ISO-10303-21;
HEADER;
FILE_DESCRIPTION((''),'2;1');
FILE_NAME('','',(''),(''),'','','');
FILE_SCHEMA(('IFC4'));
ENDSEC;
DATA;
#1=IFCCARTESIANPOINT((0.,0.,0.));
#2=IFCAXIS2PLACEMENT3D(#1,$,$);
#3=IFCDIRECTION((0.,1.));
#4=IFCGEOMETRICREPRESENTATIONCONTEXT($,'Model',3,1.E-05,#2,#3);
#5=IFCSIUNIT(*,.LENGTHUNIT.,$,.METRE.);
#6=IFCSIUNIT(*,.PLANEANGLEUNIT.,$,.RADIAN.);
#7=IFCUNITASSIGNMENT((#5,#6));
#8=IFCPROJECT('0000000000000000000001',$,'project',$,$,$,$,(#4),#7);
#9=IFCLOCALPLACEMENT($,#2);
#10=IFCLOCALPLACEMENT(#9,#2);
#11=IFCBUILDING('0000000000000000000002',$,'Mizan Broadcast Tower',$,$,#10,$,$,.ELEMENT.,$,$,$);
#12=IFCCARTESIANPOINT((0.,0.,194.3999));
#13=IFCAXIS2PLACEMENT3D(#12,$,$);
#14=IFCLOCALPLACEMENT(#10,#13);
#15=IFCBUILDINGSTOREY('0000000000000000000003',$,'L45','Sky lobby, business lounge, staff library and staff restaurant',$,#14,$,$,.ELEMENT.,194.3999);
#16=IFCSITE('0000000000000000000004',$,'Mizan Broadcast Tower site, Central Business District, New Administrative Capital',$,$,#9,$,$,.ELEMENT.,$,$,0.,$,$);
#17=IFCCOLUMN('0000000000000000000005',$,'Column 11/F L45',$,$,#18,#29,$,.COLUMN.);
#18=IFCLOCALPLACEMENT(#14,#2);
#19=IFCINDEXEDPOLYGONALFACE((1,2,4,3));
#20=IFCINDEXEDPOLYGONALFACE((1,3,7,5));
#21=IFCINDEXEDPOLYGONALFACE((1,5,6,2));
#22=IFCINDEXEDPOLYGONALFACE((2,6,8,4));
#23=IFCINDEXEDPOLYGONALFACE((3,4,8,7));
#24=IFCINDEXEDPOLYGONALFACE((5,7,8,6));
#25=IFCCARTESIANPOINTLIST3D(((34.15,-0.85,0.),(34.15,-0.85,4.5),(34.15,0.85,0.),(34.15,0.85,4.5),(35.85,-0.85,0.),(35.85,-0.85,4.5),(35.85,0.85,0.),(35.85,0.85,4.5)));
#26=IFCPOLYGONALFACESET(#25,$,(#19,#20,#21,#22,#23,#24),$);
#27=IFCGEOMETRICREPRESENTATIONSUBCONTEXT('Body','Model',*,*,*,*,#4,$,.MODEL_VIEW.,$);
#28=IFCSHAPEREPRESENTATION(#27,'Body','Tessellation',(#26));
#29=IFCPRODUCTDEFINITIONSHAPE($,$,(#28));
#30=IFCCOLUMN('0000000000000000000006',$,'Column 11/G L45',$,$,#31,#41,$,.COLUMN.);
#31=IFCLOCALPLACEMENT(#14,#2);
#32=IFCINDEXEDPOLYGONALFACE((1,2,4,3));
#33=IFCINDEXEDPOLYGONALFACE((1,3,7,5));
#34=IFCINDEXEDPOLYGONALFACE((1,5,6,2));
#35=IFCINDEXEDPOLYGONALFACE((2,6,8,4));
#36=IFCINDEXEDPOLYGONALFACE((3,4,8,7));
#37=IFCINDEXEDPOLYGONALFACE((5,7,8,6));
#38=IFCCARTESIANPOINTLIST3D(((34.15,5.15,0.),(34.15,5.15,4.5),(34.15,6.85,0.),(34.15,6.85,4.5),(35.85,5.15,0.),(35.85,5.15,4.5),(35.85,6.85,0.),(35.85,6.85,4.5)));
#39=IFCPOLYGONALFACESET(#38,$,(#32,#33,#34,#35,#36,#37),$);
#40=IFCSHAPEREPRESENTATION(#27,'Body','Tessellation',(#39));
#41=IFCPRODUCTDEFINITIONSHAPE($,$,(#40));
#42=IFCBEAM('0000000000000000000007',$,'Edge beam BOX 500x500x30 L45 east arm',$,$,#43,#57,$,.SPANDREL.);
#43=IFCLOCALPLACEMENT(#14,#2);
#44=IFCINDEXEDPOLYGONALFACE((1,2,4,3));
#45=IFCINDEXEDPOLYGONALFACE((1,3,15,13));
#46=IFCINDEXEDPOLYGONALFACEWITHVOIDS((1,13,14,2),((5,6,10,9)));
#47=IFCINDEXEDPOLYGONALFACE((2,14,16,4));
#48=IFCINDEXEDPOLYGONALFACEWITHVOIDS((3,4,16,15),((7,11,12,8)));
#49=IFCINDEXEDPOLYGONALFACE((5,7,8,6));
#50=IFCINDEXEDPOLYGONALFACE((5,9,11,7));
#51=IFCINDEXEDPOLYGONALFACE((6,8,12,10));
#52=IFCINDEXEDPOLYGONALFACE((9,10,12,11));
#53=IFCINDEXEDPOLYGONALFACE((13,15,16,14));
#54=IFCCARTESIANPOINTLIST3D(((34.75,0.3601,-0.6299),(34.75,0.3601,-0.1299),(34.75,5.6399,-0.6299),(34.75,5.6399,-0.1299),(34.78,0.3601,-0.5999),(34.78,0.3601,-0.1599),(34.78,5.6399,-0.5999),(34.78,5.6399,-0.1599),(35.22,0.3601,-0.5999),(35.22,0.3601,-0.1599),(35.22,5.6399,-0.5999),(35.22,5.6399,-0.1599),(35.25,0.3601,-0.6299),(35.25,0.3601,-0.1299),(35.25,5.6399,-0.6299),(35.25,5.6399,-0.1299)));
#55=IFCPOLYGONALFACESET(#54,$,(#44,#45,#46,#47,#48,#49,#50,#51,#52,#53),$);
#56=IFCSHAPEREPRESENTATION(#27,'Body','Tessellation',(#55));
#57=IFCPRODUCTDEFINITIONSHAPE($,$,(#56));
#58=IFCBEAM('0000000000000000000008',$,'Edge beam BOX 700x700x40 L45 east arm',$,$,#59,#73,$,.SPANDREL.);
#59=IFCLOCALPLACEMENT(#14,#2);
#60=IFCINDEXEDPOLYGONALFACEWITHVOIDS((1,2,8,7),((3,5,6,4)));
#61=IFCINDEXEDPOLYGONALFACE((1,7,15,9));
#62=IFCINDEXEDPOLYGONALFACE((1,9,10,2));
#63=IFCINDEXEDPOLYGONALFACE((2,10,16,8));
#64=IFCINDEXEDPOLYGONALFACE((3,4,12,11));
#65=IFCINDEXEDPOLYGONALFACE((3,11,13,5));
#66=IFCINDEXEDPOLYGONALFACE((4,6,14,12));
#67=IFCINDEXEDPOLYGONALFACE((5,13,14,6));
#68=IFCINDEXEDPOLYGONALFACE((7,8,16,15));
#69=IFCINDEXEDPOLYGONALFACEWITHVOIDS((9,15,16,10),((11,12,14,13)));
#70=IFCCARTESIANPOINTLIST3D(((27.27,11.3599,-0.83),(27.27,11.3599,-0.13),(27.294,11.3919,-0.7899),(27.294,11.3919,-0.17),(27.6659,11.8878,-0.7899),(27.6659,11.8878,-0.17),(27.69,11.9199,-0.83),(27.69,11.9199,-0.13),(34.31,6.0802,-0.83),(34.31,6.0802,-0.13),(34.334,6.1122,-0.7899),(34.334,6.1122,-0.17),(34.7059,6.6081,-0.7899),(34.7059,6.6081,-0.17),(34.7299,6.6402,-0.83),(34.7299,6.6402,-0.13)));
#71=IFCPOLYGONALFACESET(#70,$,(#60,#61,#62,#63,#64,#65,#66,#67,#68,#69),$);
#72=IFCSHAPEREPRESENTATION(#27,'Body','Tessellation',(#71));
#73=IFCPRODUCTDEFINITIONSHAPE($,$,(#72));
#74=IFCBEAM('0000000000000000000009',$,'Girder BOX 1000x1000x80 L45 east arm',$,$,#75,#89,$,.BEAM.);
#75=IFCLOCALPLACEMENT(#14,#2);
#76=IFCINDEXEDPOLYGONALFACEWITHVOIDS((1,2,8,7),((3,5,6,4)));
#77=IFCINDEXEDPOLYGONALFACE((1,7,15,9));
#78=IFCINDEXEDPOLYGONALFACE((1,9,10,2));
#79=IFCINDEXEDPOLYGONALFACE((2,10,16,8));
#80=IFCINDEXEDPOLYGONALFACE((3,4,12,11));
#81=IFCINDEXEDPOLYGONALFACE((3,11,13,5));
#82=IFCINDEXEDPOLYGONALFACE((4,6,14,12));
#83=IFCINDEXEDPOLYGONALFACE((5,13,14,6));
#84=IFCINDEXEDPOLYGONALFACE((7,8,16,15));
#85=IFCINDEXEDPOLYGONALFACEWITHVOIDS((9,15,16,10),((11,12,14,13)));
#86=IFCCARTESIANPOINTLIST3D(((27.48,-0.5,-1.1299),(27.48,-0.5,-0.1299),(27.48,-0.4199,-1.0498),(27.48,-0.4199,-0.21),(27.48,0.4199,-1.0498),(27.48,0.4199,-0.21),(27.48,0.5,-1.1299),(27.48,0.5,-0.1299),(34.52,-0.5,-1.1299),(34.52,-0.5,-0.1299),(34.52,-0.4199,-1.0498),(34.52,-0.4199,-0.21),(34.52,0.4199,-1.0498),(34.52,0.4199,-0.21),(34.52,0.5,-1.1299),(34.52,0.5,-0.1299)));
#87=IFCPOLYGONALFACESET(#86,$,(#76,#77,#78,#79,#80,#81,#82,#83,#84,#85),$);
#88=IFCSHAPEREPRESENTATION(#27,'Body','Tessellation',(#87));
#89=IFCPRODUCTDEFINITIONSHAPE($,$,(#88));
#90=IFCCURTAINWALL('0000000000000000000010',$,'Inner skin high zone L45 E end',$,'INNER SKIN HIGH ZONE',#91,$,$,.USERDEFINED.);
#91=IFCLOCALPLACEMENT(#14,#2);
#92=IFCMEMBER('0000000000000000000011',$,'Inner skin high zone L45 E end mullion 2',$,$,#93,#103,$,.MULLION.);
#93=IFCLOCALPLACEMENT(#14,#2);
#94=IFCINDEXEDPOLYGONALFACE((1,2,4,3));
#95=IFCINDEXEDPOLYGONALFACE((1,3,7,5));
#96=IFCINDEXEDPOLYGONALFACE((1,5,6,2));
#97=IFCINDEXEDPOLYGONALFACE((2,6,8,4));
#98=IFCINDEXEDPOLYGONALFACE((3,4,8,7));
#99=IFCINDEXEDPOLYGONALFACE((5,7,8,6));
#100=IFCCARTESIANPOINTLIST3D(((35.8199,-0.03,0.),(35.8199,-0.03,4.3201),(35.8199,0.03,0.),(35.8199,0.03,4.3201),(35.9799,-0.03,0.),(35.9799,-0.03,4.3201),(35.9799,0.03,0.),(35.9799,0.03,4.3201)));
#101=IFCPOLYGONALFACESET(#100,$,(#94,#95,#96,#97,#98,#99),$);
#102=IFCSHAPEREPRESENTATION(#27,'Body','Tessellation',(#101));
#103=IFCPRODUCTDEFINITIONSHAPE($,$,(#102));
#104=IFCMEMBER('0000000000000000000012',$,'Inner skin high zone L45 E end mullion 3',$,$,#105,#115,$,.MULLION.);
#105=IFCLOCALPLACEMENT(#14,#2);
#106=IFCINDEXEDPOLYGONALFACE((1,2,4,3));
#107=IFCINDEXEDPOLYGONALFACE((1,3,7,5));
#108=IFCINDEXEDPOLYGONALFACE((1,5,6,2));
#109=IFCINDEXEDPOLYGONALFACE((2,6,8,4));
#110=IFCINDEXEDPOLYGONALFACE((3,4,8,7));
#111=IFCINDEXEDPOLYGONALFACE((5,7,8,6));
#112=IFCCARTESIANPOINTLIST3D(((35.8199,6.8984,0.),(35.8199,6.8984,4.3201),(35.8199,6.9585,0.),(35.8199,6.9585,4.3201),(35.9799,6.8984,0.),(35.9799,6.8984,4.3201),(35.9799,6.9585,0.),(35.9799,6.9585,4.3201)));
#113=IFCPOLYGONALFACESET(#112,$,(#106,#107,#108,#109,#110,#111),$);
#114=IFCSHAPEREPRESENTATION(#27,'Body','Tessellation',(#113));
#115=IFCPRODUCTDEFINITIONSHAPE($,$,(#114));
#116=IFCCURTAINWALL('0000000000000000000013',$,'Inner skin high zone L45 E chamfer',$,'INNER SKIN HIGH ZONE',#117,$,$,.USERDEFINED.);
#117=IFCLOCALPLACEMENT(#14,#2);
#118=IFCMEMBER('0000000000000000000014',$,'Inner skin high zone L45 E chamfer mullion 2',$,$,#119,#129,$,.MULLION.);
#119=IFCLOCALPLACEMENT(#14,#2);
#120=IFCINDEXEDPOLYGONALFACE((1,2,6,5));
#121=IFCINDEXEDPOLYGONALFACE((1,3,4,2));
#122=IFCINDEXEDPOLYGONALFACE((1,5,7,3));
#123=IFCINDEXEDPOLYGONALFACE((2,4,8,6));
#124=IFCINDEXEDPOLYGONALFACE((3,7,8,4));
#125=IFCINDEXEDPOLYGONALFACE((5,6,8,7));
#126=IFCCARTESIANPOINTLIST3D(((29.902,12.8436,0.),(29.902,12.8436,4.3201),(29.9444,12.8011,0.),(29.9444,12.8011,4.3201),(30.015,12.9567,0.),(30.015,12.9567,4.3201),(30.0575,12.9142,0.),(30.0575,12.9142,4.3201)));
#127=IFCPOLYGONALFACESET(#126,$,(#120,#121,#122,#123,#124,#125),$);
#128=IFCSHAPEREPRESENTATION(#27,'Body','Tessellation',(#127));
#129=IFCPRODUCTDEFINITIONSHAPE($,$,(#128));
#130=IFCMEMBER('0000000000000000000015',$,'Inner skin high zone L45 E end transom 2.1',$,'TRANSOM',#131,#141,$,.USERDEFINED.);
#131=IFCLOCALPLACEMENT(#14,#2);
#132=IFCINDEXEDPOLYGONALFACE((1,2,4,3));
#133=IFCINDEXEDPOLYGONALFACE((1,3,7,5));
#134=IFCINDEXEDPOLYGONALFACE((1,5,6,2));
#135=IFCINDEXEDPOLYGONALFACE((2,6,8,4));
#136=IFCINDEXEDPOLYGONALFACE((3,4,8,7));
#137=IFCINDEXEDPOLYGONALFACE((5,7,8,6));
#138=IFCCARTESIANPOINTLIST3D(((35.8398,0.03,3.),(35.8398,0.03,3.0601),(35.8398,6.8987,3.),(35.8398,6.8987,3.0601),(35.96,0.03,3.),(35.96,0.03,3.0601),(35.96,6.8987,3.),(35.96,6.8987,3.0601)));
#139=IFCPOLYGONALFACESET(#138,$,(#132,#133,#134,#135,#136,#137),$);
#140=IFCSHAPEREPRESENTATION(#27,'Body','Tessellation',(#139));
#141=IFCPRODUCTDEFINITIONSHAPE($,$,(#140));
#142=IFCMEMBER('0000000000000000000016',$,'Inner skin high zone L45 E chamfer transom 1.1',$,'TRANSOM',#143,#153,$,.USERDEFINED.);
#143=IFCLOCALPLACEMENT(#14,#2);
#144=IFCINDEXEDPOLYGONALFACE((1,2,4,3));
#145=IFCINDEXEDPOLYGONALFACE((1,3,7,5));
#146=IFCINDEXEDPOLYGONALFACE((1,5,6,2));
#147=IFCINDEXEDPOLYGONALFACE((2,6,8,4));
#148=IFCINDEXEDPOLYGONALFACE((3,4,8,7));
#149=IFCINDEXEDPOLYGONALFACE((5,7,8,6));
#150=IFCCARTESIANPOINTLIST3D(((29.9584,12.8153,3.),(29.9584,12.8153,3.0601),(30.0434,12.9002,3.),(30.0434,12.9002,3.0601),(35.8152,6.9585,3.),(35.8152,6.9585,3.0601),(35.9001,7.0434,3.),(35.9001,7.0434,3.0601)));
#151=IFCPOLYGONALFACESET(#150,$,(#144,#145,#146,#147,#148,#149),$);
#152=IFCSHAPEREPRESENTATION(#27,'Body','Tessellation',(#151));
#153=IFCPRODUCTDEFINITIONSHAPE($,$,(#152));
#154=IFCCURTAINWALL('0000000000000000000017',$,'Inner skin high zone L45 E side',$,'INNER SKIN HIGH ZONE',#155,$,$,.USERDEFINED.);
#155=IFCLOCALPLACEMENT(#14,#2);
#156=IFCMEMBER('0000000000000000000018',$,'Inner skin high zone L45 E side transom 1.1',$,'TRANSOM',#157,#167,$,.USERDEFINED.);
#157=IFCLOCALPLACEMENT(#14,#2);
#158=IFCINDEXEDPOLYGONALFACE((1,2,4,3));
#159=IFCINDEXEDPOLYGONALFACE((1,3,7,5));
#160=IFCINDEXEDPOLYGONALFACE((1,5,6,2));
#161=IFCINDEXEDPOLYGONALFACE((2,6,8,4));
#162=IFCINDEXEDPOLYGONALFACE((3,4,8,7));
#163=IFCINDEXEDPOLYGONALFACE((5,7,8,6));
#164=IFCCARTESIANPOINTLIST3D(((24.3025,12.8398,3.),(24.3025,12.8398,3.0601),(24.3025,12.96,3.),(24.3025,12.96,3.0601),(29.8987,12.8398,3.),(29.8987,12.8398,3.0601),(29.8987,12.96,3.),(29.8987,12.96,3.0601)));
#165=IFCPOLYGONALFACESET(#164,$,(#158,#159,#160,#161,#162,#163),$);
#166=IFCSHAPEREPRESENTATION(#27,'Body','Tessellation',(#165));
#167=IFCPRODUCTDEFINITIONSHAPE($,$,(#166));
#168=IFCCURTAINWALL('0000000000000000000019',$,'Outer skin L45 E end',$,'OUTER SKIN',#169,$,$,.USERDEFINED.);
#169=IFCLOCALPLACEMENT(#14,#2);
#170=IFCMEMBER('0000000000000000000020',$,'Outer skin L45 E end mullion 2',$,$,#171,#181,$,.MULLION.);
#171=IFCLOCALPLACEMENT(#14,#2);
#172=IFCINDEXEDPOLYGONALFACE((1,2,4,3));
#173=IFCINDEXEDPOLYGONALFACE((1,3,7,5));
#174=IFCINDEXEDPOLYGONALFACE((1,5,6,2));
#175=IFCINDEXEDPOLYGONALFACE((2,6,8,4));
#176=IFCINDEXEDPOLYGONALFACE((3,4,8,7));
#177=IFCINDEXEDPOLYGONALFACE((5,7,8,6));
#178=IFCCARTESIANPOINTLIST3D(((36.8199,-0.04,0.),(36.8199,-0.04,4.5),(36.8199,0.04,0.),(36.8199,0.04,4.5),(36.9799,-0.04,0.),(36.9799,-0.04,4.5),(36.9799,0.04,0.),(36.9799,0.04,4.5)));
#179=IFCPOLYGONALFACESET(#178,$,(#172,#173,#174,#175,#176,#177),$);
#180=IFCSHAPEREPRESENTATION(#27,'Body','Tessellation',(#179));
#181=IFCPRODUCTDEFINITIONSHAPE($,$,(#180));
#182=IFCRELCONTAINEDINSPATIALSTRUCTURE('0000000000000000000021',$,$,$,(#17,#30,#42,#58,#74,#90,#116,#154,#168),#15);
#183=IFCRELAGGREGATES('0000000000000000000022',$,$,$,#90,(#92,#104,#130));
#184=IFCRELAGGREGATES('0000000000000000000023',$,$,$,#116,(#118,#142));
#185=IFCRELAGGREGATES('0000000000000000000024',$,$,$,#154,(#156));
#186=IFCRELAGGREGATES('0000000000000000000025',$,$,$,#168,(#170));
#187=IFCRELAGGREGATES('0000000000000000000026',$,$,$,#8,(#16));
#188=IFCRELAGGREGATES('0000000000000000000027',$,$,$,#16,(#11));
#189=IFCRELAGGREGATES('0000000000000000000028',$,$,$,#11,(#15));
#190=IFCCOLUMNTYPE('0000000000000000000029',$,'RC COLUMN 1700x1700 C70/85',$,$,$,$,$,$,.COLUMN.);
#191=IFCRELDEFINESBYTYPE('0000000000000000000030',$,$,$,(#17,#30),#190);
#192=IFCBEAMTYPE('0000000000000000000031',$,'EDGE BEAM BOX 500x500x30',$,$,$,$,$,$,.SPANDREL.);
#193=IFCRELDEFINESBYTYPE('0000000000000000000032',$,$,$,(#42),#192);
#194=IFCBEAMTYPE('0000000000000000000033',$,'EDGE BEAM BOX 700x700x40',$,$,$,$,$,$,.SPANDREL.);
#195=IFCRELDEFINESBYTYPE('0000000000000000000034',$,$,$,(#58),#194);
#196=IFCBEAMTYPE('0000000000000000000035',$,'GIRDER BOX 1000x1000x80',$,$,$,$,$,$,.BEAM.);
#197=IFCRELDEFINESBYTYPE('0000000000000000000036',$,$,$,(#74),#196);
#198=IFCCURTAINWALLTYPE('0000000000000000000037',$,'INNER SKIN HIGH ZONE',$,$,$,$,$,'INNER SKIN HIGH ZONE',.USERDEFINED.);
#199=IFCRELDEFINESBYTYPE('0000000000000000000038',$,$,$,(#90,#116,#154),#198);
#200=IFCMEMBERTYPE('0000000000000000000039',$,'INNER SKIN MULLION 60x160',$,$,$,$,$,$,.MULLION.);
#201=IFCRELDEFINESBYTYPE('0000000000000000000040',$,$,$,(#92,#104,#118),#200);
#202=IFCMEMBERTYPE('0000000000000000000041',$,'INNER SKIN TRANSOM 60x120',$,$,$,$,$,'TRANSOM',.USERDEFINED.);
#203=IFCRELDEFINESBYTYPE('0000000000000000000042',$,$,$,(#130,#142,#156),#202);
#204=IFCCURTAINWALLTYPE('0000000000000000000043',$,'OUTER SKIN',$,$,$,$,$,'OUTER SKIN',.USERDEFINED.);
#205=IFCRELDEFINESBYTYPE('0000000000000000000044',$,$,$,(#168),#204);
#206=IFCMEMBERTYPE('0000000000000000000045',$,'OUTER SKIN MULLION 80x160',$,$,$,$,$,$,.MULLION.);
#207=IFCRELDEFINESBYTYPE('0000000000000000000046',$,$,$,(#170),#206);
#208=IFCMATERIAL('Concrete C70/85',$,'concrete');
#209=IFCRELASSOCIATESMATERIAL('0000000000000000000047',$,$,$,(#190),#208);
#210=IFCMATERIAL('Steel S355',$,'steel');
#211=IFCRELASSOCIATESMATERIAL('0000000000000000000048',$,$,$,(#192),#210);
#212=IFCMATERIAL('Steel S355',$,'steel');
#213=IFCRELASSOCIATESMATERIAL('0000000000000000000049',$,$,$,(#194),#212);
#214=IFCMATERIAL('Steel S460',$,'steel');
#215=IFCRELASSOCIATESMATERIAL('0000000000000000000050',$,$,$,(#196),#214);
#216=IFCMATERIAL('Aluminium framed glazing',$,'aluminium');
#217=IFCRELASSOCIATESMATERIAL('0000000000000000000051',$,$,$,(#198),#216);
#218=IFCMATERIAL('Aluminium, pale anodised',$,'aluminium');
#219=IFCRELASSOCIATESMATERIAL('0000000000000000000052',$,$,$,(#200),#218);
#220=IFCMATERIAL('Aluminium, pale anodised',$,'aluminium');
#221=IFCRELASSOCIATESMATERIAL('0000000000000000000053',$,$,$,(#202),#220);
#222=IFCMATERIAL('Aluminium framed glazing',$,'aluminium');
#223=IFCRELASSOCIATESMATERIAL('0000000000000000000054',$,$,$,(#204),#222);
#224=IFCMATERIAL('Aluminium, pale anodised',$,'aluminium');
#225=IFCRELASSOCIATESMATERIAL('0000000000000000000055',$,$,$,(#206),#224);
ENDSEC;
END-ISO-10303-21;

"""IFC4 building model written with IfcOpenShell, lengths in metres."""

from ifc_helpers import new_model, si_unit, direction, frame, origin, origin_2d, place, context, subcontext, project, spatial, rectangle, hollow_rectangle, extrude, material, material_profile, profile_set, type_object, element, aggregate, save


model = new_model("IFC4")

# Units and contexts
model_context = context("Model", 3, precision=1e-05, world=origin(), true_north=direction((0.0, 1.0)))
body_context = subcontext(model_context, "Body", "Model", "MODEL_VIEW")
ifc_project = project(units=[si_unit("LENGTHUNIT", "METRE"), si_unit("PLANEANGLEUNIT", "RADIAN")], contexts=[model_context])

# Site, building, storey
site_placement = place(None, origin())
site = spatial("IfcSite", under=ifc_project, at=site_placement, Name="Mizan Broadcast Tower site, Central Business District, New Administrative Capital", CompositionType="ELEMENT", RefElevation=0.0)
building_placement = place(site_placement, origin())
building = spatial("IfcBuilding", under=site, at=building_placement, Name="Mizan Broadcast Tower", CompositionType="ELEMENT")
storey_placement = place(building_placement, frame((0.0, 0.0, 194.3999)))
storey = spatial("IfcBuildingStorey", under=building, at=storey_placement, Name="L45", Description="Sky lobby, business lounge, staff library and staff restaurant", CompositionType="ELEMENT", Elevation=194.3999)

# Columns
ifc_material_1 = material(Name="Concrete C70/85", Category="concrete")
ifc_material_profile_1 = material_profile(ifc_material_1, rectangle(XDim=1.7, YDim=1.7, at=origin_2d()), Name="RC 1700x1700")
ifc_profile_set_1 = profile_set([ifc_material_profile_1], Name="Concrete C70/85")
column_type = type_object("IfcColumnType", Name="RC COLUMN 1700x1700 C70/85", PredefinedType="COLUMN", material=ifc_profile_set_1)
for number, where, z_axis, x_axis, name in (
    (1, (35.0, 0.0, 0.0), (0.0, 0.0, 1.0), (1.0, 0.0, 0.0), "Column 11/F L45"),
    (2, (35.0, 6.0, 0.0), (0.0, 0.0, 1.0), (1.0, 0.0, 0.0), "Column 11/G L45"),
):
    element("IfcColumn", number, at=place(storey_placement, frame(where, z_axis=z_axis, x_axis=x_axis)), inside=storey, type_object=column_type, Name=name, PredefinedType="COLUMN", context=body_context, shape_type="SweptSolid", body=[
        extrude(rectangle(XDim=1.7, YDim=1.7, at=origin_2d()), origin(), (0.0, 0.0, 1.0), 4.5),
    ])

# Beams
ifc_material_2 = material(Name="Steel S355", Category="steel")
ifc_material_profile_2 = material_profile(ifc_material_2, hollow_rectangle(XDim=0.5, YDim=0.5, WallThickness=0.03, at=origin_2d()), Name="BOX 500x500x30")
ifc_profile_set_2 = profile_set([ifc_material_profile_2], Name="Steel S355")
beam_type_1 = type_object("IfcBeamType", Name="EDGE BEAM BOX 500x500x30", PredefinedType="SPANDREL", material=ifc_profile_set_2)
beam_1_placement = place(storey_placement, frame((35.0, 5.6399, -0.3799), z_axis=(0.0, -1.0, 0.0), x_axis=(1.0, 0.0, 0.0)))
element("IfcBeam", 3, at=beam_1_placement, inside=storey, type_object=beam_type_1, Name="Edge beam BOX 500x500x30 L45 east arm", PredefinedType="SPANDREL", context=body_context, shape_type="SweptSolid", body=[
    extrude(hollow_rectangle(XDim=0.5, YDim=0.5, WallThickness=0.03, at=origin_2d()), origin(), (0.0, 0.0, 1.0), 5.2798),
])
ifc_material_3 = material(Name="Steel S355", Category="steel")
ifc_material_profile_3 = material_profile(ifc_material_3, hollow_rectangle(XDim=0.7, YDim=0.7, WallThickness=0.04, at=origin_2d()), Name="BOX 700x700x40")
ifc_profile_set_3 = profile_set([ifc_material_profile_3], Name="Steel S355")
beam_type_2 = type_object("IfcBeamType", Name="EDGE BEAM BOX 700x700x40", PredefinedType="SPANDREL", material=ifc_profile_set_3)
beam_2_placement = place(storey_placement, frame((27.48, 11.6399, -0.48), z_axis=(0.800013, -0.599982, 0.0), x_axis=(0.599982, 0.800013, 0.0)))
element("IfcBeam", 4, at=beam_2_placement, inside=storey, type_object=beam_type_2, Name="Edge beam BOX 700x700x40 L45 east arm", PredefinedType="SPANDREL", context=body_context, shape_type="SweptSolid", body=[
    extrude(hollow_rectangle(XDim=0.7, YDim=0.7, WallThickness=0.04, at=origin_2d()), origin(), (0.0, 0.0, 1.0), 8.7998),
])
ifc_material_4 = material(Name="Steel S460", Category="steel")
ifc_material_profile_4 = material_profile(ifc_material_4, hollow_rectangle(XDim=1.0, YDim=1.0, WallThickness=0.0801, at=origin_2d()), Name="BOX 1000x1000x80")
ifc_profile_set_4 = profile_set([ifc_material_profile_4], Name="Steel S460")
beam_type_3 = type_object("IfcBeamType", Name="GIRDER BOX 1000x1000x80", PredefinedType="BEAM", material=ifc_profile_set_4)
beam_3_placement = place(storey_placement, frame((27.48, 0.0, -0.6299), z_axis=(1.0, 0.0, 0.0), x_axis=(0.0, 1.0, 0.0)))
element("IfcBeam", 5, at=beam_3_placement, inside=storey, type_object=beam_type_3, Name="Girder BOX 1000x1000x80 L45 east arm", PredefinedType="BEAM", context=body_context, shape_type="SweptSolid", body=[
    extrude(hollow_rectangle(XDim=1.0, YDim=1.0, WallThickness=0.0801, at=origin_2d()), origin(), (0.0, 0.0, 1.0), 7.04),
])

# Curtain wall, members
ifc_material_5 = material(Name="Aluminium framed glazing", Category="aluminium")
curtain_wall_type_1 = type_object("IfcCurtainWallType", Name="INNER SKIN HIGH ZONE", ElementType="INNER SKIN HIGH ZONE", PredefinedType="USERDEFINED", material=ifc_material_5)
curtain_wall_1_placement = place(storey_placement, origin())
curtain_wall_1 = element("IfcCurtainWall", 6, at=curtain_wall_1_placement, inside=storey, type_object=curtain_wall_type_1, Name="Inner skin high zone L45 E end", ObjectType="INNER SKIN HIGH ZONE", PredefinedType="USERDEFINED")
ifc_material_6 = material(Name="Aluminium, pale anodised", Category="aluminium")
ifc_material_profile_5 = material_profile(ifc_material_6, rectangle(XDim=0.1599, YDim=0.0601, at=origin_2d()), Name="MULLION 160x60")
ifc_profile_set_5 = profile_set([ifc_material_profile_5], Name="Aluminium, pale anodised")
member_type_1 = type_object("IfcMemberType", Name="INNER SKIN MULLION 60x160", PredefinedType="MULLION", material=ifc_profile_set_5)
member_1_placement = place(storey_placement, frame((35.8999, 0.0, 0.0), z_axis=(0.0, 0.0, 1.0), x_axis=(-1.0, 0.0, 0.0)))
member_1 = element("IfcMember", 7, at=member_1_placement, type_object=member_type_1, Name="Inner skin high zone L45 E end mullion 2", PredefinedType="MULLION", context=body_context, shape_type="SweptSolid", body=[
    extrude(rectangle(XDim=0.1599, YDim=0.0601, at=origin_2d()), origin(), (0.0, 0.0, 1.0), 4.3201),
])
member_2_placement = place(storey_placement, frame((35.8999, 6.9285, 0.0), z_axis=(0.0, 0.0, 1.0), x_axis=(-1.0, 0.0, 0.0)))
member_2 = element("IfcMember", 8, at=member_2_placement, type_object=member_type_1, Name="Inner skin high zone L45 E end mullion 3", PredefinedType="MULLION", context=body_context, shape_type="SweptSolid", body=[
    extrude(rectangle(XDim=0.1599, YDim=0.0601, at=origin_2d()), origin(), (0.0, 0.0, 1.0), 4.3201),
])

# Curtain wall, member
curtain_wall_2_placement = place(storey_placement, origin())
curtain_wall_2 = element("IfcCurtainWall", 9, at=curtain_wall_2_placement, inside=storey, type_object=curtain_wall_type_1, Name="Inner skin high zone L45 E chamfer", ObjectType="INNER SKIN HIGH ZONE", PredefinedType="USERDEFINED")
member_3_placement = place(storey_placement, frame((29.9797, 12.8789, 0.0), z_axis=(0.0, 0.0, 1.0), x_axis=(-0.707107, -0.707107, 0.0)))
member_3 = element("IfcMember", 10, at=member_3_placement, type_object=member_type_1, Name="Inner skin high zone L45 E chamfer mullion 2", PredefinedType="MULLION", context=body_context, shape_type="SweptSolid", body=[
    extrude(rectangle(XDim=0.1599, YDim=0.0601, at=origin_2d()), origin(), (0.0, 0.0, 1.0), 4.3201),
])

# Members
ifc_material_7 = material(Name="Aluminium, pale anodised", Category="aluminium")
ifc_material_profile_6 = material_profile(ifc_material_7, rectangle(XDim=0.1201, YDim=0.0601, at=origin_2d()), Name="TRANSOM 120x60")
ifc_profile_set_6 = profile_set([ifc_material_profile_6], Name="Aluminium, pale anodised")
member_type_2 = type_object("IfcMemberType", Name="INNER SKIN TRANSOM 60x120", ElementType="TRANSOM", PredefinedType="USERDEFINED", material=ifc_profile_set_6)
member_4_placement = place(storey_placement, frame((35.8999, 0.03, 3.03), z_axis=(0.0, 1.0, 0.0), x_axis=(-1.0, 0.0, 0.0)))
member_4 = element("IfcMember", 11, at=member_4_placement, type_object=member_type_2, Name="Inner skin high zone L45 E end transom 2.1", ObjectType="TRANSOM", PredefinedType="USERDEFINED", context=body_context, shape_type="SweptSolid", body=[
    extrude(rectangle(XDim=0.1201, YDim=0.0601, at=origin_2d()), origin(), (0.0, 0.0, 1.0), 6.8687),
])
member_5_placement = place(storey_placement, frame((35.8577, 7.001, 3.03), z_axis=(-0.707107, 0.707107, 0.0), x_axis=(-0.707107, -0.707107, 0.0)))
member_5 = element("IfcMember", 12, at=member_5_placement, type_object=member_type_2, Name="Inner skin high zone L45 E chamfer transom 1.1", ObjectType="TRANSOM", PredefinedType="USERDEFINED", context=body_context, shape_type="SweptSolid", body=[
    extrude(rectangle(XDim=0.1201, YDim=0.0601, at=origin_2d()), origin(), (0.0, 0.0, 1.0), 8.2827),
])

# Curtain wall, member
curtain_wall_3_placement = place(storey_placement, origin())
curtain_wall_3 = element("IfcCurtainWall", 13, at=curtain_wall_3_placement, inside=storey, type_object=curtain_wall_type_1, Name="Inner skin high zone L45 E side", ObjectType="INNER SKIN HIGH ZONE", PredefinedType="USERDEFINED")
member_6_placement = place(storey_placement, frame((29.8987, 12.8999, 3.03), z_axis=(-1.0, 0.0, 0.0), x_axis=(0.0, -1.0, 0.0)))
member_6 = element("IfcMember", 14, at=member_6_placement, type_object=member_type_2, Name="Inner skin high zone L45 E side transom 1.1", ObjectType="TRANSOM", PredefinedType="USERDEFINED", context=body_context, shape_type="SweptSolid", body=[
    extrude(rectangle(XDim=0.1201, YDim=0.0601, at=origin_2d()), origin(), (0.0, 0.0, 1.0), 5.5962),
])

# Curtain wall, member
ifc_material_8 = material(Name="Aluminium framed glazing", Category="aluminium")
curtain_wall_type_2 = type_object("IfcCurtainWallType", Name="OUTER SKIN", ElementType="OUTER SKIN", PredefinedType="USERDEFINED", material=ifc_material_8)
curtain_wall_4_placement = place(storey_placement, origin())
curtain_wall_4 = element("IfcCurtainWall", 15, at=curtain_wall_4_placement, inside=storey, type_object=curtain_wall_type_2, Name="Outer skin L45 E end", ObjectType="OUTER SKIN", PredefinedType="USERDEFINED")
ifc_material_9 = material(Name="Aluminium, pale anodised", Category="aluminium")
ifc_material_profile_7 = material_profile(ifc_material_9, rectangle(XDim=0.1599, YDim=0.0801, at=origin_2d()), Name="MULLION 160x80")
ifc_profile_set_7 = profile_set([ifc_material_profile_7], Name="Aluminium, pale anodised")
member_type_3 = type_object("IfcMemberType", Name="OUTER SKIN MULLION 80x160", PredefinedType="MULLION", material=ifc_profile_set_7)
member_7_placement = place(storey_placement, frame((36.8999, 0.0, 0.0), z_axis=(0.0, 0.0, 1.0), x_axis=(-1.0, 0.0, 0.0)))
member_7 = element("IfcMember", 16, at=member_7_placement, type_object=member_type_3, Name="Outer skin L45 E end mullion 2", PredefinedType="MULLION", context=body_context, shape_type="SweptSolid", body=[
    extrude(rectangle(XDim=0.1599, YDim=0.0801, at=origin_2d()), origin(), (0.0, 0.0, 1.0), 4.5),
])

aggregate(curtain_wall_1, [member_1, member_2, member_4])
aggregate(curtain_wall_2, [member_3, member_5])
aggregate(curtain_wall_3, [member_6])
aggregate(curtain_wall_4, [member_7])

save(model, "model.ifc")
